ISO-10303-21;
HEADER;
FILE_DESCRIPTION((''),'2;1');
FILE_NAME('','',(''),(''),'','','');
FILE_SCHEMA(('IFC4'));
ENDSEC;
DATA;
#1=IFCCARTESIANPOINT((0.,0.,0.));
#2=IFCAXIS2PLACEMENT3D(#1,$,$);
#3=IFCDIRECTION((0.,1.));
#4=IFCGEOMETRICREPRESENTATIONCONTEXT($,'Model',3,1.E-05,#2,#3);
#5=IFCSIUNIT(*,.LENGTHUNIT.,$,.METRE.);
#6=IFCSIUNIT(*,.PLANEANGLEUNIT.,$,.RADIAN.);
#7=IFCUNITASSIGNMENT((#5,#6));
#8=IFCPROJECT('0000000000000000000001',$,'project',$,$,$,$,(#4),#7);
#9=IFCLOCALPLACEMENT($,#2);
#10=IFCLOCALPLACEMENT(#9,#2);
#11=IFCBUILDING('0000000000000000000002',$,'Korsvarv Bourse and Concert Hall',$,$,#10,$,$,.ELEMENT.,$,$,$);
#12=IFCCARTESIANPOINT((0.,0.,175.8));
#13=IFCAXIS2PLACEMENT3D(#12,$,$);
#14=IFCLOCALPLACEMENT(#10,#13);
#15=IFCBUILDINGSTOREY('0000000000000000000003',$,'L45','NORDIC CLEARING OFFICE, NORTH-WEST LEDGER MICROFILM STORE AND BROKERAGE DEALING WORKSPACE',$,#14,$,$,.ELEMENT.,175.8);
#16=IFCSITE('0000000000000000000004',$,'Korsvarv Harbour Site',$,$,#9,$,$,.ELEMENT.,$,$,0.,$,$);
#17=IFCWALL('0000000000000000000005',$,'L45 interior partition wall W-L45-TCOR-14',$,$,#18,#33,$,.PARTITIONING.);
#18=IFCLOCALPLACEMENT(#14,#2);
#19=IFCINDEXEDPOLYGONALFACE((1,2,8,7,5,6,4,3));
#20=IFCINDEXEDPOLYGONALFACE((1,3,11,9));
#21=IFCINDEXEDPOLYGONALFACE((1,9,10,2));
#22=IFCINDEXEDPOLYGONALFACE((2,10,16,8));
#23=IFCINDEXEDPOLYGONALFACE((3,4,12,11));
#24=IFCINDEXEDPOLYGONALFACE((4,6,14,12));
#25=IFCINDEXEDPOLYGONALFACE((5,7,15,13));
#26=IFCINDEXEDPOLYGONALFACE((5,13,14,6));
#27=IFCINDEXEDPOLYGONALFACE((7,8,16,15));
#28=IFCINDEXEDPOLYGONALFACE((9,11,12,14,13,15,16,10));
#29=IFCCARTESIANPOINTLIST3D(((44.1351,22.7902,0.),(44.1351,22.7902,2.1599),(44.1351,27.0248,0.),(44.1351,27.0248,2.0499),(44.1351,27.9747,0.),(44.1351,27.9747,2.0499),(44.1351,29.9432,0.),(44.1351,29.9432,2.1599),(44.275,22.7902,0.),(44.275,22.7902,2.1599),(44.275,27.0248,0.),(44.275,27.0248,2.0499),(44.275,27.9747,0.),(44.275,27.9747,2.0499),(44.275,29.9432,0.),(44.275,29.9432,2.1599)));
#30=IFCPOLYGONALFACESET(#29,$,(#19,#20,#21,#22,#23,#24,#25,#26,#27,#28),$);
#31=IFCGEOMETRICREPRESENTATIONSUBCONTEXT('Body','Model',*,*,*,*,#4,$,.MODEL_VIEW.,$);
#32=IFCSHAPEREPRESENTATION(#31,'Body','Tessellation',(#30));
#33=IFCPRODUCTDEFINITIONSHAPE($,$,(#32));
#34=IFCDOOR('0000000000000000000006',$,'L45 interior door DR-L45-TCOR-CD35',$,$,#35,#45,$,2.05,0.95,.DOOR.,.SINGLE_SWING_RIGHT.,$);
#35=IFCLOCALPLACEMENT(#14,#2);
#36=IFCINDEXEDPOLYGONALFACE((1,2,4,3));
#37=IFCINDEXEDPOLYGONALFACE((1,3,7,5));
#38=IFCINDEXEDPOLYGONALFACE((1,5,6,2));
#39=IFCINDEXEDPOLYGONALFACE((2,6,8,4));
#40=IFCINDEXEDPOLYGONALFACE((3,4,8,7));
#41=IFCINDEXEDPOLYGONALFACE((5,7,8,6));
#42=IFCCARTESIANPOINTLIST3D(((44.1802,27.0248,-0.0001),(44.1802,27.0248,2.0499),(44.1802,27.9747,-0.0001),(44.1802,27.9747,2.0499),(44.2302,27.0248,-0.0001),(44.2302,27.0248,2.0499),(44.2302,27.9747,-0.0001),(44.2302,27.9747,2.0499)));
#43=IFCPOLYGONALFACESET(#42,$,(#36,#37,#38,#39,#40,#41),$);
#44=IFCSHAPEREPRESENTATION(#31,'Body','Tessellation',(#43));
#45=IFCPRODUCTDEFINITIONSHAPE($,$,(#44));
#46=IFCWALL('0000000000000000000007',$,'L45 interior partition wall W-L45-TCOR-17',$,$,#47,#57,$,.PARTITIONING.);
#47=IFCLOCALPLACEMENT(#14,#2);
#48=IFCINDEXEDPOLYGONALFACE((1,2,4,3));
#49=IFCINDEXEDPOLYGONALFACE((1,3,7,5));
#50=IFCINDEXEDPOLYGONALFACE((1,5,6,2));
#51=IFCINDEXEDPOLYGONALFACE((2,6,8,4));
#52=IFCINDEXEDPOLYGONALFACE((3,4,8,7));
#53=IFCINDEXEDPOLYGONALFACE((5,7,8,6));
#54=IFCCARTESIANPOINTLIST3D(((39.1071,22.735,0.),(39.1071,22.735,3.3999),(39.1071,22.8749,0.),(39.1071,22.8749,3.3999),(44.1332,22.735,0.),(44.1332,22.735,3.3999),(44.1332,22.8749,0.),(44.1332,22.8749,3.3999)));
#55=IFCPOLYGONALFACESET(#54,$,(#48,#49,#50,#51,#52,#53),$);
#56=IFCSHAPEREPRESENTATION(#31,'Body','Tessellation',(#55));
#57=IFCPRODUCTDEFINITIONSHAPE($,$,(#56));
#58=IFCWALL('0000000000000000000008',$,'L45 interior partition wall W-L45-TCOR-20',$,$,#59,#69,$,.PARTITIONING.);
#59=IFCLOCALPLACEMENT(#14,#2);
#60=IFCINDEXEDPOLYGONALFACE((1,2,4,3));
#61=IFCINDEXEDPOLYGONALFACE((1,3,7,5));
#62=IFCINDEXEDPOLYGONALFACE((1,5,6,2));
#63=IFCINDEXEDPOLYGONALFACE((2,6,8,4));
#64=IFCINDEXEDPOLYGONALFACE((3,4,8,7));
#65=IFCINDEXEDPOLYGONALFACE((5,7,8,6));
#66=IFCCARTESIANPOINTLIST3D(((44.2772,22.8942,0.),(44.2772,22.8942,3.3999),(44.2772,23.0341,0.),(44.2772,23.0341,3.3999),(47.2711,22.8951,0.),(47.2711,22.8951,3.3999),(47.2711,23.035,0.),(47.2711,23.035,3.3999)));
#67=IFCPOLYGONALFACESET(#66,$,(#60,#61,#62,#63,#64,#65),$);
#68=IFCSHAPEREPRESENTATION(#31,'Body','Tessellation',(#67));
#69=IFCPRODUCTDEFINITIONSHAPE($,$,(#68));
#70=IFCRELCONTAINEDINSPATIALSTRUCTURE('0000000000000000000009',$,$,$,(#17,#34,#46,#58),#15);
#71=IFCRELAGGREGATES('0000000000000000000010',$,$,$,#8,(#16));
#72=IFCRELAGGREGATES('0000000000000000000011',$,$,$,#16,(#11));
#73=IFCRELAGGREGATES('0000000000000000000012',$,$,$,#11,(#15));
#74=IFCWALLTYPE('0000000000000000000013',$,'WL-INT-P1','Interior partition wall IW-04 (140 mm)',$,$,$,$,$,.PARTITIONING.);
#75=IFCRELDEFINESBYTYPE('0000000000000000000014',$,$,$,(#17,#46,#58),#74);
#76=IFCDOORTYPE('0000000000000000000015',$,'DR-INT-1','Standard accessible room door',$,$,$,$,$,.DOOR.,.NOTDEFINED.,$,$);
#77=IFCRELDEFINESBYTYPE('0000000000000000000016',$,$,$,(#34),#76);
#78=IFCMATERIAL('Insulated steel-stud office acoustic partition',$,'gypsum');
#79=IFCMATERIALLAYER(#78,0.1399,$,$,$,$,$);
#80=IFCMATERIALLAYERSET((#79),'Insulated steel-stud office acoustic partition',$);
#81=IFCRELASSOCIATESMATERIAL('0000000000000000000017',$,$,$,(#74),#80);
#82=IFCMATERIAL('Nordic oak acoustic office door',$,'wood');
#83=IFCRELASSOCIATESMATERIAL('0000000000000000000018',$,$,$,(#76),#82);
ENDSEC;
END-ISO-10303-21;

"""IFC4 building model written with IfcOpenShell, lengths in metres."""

from ifc_helpers import new_model, si_unit, direction, frame, frame_2d, origin, place, context, subcontext, project, spatial, rectangle, extrude, material, layer, layer_set, type_object, element, fill, save


model = new_model("IFC4")

# Units and contexts
model_context = context("Model", 3, precision=1e-05, world=origin(), true_north=direction((0.0, 1.0)))
body_context = subcontext(model_context, "Body", "Model", "MODEL_VIEW")
ifc_project = project(units=[si_unit("LENGTHUNIT", "METRE"), si_unit("PLANEANGLEUNIT", "RADIAN")], contexts=[model_context])

# Site, building, storey
site_placement = place(None, origin())
site = spatial("IfcSite", under=ifc_project, at=site_placement, Name="Korsvarv Harbour Site", CompositionType="ELEMENT", RefElevation=0.0)
building_placement = place(site_placement, origin())
building = spatial("IfcBuilding", under=site, at=building_placement, Name="Korsvarv Bourse and Concert Hall", CompositionType="ELEMENT")
storey_placement = place(building_placement, frame((0.0, 0.0, 175.8)))
storey = spatial("IfcBuildingStorey", under=building, at=storey_placement, Name="L45", Description="NORDIC CLEARING OFFICE, NORTH-WEST LEDGER MICROFILM STORE AND BROKERAGE DEALING WORKSPACE", CompositionType="ELEMENT", Elevation=175.8)

# Wall, opening, door
ifc_material_1 = material(Name="Insulated steel-stud office acoustic partition", Category="gypsum")
ifc_layer_1 = layer(ifc_material_1, 0.1399)
ifc_layer_set_1 = layer_set([ifc_layer_1], Name="Insulated steel-stud office acoustic partition")
wall_type_1 = type_object("IfcWallType", Name="WL-INT-P1", Description="Interior partition wall IW-04 (140 mm)", PredefinedType="PARTITIONING", material=ifc_layer_set_1)
wall_1_placement = place(storey_placement, frame((44.2051, 22.79, 0.0), z_axis=(0.0, 0.0, 1.0), x_axis=(0.0, 1.0, 0.0)))
wall_1 = element("IfcWall", 1, at=wall_1_placement, inside=storey, type_object=wall_type_1, Name="L45 interior partition wall W-L45-TCOR-14", PredefinedType="PARTITIONING", context=body_context, shape_type="SweptSolid", body=[
    extrude(rectangle(XDim=7.1531, YDim=0.1399, at=frame_2d((3.5767, 0.0))), origin(), (0.0, 0.0, 1.0), 2.1599),
])
opening_1_placement = place(wall_1_placement, frame((4.2346, 0.0, 0.0)))
opening_1 = element("IfcOpeningElement", 2, at=opening_1_placement, cuts=wall_1, PredefinedType="OPENING", context=body_context, shape_type="SweptSolid", body=[
    extrude(rectangle(XDim=0.95, YDim=2.05, at=frame_2d((0.4751, 1.0249))), frame((0.0, 0.0801, 0.0), z_axis=(0.0, -1.0, 0.0), x_axis=(1.0, 0.0, 0.0)), (0.0, 0.0, 1.0), 0.1599),
])
ifc_material_2 = material(Name="Nordic oak acoustic office door", Category="wood")
door_type_1 = type_object("IfcDoorType", Name="DR-INT-1", Description="Standard accessible room door", OperationType="NOTDEFINED", PredefinedType="DOOR", material=ifc_material_2)
door_1_placement = place(opening_1_placement, origin())
door_1 = element("IfcDoor", 3, at=door_1_placement, inside=storey, type_object=door_type_1, Name="L45 interior door DR-L45-TCOR-CD35", OperationType="SINGLE_SWING_RIGHT", OverallHeight=2.05, OverallWidth=0.95, PredefinedType="DOOR", context=body_context, shape_type="SweptSolid", body=[
    extrude(rectangle(XDim=0.95, YDim=2.05, at=frame_2d((0.4751, 1.0249))), frame((0.0, 0.0249, 0.0), z_axis=(0.0, -1.0, 0.0), x_axis=(1.0, 0.0, 0.0)), (0.0, 0.0, 1.0), 0.05),
])
fill(opening_1, door_1)

# Walls
wall_2_placement = place(storey_placement, frame((39.1069, 22.8049, 0.0), z_axis=(0.0, 0.0, 1.0), x_axis=(1.0, 0.0, 0.0)))
element("IfcWall", 4, at=wall_2_placement, inside=storey, type_object=wall_type_1, Name="L45 interior partition wall W-L45-TCOR-17", PredefinedType="PARTITIONING", context=body_context, shape_type="SweptSolid", body=[
    extrude(rectangle(XDim=5.0261, YDim=0.1399, at=frame_2d((2.5132, 0.0))), origin(), (0.0, 0.0, 1.0), 3.3999),
])
wall_3_placement = place(storey_placement, frame((44.2771, 22.9641, 0.0), z_axis=(0.0, 0.0, 1.0), x_axis=(1.0, 0.000326, 0.0)))
element("IfcWall", 5, at=wall_3_placement, inside=storey, type_object=wall_type_1, Name="L45 interior partition wall W-L45-TCOR-20", PredefinedType="PARTITIONING", context=body_context, shape_type="SweptSolid", body=[
    extrude(rectangle(XDim=2.9939, YDim=0.1399, at=frame_2d((1.4971, 0.0))), origin(), (0.0, 0.0, 1.0), 3.3999),
])

save(model, "model.ifc")
